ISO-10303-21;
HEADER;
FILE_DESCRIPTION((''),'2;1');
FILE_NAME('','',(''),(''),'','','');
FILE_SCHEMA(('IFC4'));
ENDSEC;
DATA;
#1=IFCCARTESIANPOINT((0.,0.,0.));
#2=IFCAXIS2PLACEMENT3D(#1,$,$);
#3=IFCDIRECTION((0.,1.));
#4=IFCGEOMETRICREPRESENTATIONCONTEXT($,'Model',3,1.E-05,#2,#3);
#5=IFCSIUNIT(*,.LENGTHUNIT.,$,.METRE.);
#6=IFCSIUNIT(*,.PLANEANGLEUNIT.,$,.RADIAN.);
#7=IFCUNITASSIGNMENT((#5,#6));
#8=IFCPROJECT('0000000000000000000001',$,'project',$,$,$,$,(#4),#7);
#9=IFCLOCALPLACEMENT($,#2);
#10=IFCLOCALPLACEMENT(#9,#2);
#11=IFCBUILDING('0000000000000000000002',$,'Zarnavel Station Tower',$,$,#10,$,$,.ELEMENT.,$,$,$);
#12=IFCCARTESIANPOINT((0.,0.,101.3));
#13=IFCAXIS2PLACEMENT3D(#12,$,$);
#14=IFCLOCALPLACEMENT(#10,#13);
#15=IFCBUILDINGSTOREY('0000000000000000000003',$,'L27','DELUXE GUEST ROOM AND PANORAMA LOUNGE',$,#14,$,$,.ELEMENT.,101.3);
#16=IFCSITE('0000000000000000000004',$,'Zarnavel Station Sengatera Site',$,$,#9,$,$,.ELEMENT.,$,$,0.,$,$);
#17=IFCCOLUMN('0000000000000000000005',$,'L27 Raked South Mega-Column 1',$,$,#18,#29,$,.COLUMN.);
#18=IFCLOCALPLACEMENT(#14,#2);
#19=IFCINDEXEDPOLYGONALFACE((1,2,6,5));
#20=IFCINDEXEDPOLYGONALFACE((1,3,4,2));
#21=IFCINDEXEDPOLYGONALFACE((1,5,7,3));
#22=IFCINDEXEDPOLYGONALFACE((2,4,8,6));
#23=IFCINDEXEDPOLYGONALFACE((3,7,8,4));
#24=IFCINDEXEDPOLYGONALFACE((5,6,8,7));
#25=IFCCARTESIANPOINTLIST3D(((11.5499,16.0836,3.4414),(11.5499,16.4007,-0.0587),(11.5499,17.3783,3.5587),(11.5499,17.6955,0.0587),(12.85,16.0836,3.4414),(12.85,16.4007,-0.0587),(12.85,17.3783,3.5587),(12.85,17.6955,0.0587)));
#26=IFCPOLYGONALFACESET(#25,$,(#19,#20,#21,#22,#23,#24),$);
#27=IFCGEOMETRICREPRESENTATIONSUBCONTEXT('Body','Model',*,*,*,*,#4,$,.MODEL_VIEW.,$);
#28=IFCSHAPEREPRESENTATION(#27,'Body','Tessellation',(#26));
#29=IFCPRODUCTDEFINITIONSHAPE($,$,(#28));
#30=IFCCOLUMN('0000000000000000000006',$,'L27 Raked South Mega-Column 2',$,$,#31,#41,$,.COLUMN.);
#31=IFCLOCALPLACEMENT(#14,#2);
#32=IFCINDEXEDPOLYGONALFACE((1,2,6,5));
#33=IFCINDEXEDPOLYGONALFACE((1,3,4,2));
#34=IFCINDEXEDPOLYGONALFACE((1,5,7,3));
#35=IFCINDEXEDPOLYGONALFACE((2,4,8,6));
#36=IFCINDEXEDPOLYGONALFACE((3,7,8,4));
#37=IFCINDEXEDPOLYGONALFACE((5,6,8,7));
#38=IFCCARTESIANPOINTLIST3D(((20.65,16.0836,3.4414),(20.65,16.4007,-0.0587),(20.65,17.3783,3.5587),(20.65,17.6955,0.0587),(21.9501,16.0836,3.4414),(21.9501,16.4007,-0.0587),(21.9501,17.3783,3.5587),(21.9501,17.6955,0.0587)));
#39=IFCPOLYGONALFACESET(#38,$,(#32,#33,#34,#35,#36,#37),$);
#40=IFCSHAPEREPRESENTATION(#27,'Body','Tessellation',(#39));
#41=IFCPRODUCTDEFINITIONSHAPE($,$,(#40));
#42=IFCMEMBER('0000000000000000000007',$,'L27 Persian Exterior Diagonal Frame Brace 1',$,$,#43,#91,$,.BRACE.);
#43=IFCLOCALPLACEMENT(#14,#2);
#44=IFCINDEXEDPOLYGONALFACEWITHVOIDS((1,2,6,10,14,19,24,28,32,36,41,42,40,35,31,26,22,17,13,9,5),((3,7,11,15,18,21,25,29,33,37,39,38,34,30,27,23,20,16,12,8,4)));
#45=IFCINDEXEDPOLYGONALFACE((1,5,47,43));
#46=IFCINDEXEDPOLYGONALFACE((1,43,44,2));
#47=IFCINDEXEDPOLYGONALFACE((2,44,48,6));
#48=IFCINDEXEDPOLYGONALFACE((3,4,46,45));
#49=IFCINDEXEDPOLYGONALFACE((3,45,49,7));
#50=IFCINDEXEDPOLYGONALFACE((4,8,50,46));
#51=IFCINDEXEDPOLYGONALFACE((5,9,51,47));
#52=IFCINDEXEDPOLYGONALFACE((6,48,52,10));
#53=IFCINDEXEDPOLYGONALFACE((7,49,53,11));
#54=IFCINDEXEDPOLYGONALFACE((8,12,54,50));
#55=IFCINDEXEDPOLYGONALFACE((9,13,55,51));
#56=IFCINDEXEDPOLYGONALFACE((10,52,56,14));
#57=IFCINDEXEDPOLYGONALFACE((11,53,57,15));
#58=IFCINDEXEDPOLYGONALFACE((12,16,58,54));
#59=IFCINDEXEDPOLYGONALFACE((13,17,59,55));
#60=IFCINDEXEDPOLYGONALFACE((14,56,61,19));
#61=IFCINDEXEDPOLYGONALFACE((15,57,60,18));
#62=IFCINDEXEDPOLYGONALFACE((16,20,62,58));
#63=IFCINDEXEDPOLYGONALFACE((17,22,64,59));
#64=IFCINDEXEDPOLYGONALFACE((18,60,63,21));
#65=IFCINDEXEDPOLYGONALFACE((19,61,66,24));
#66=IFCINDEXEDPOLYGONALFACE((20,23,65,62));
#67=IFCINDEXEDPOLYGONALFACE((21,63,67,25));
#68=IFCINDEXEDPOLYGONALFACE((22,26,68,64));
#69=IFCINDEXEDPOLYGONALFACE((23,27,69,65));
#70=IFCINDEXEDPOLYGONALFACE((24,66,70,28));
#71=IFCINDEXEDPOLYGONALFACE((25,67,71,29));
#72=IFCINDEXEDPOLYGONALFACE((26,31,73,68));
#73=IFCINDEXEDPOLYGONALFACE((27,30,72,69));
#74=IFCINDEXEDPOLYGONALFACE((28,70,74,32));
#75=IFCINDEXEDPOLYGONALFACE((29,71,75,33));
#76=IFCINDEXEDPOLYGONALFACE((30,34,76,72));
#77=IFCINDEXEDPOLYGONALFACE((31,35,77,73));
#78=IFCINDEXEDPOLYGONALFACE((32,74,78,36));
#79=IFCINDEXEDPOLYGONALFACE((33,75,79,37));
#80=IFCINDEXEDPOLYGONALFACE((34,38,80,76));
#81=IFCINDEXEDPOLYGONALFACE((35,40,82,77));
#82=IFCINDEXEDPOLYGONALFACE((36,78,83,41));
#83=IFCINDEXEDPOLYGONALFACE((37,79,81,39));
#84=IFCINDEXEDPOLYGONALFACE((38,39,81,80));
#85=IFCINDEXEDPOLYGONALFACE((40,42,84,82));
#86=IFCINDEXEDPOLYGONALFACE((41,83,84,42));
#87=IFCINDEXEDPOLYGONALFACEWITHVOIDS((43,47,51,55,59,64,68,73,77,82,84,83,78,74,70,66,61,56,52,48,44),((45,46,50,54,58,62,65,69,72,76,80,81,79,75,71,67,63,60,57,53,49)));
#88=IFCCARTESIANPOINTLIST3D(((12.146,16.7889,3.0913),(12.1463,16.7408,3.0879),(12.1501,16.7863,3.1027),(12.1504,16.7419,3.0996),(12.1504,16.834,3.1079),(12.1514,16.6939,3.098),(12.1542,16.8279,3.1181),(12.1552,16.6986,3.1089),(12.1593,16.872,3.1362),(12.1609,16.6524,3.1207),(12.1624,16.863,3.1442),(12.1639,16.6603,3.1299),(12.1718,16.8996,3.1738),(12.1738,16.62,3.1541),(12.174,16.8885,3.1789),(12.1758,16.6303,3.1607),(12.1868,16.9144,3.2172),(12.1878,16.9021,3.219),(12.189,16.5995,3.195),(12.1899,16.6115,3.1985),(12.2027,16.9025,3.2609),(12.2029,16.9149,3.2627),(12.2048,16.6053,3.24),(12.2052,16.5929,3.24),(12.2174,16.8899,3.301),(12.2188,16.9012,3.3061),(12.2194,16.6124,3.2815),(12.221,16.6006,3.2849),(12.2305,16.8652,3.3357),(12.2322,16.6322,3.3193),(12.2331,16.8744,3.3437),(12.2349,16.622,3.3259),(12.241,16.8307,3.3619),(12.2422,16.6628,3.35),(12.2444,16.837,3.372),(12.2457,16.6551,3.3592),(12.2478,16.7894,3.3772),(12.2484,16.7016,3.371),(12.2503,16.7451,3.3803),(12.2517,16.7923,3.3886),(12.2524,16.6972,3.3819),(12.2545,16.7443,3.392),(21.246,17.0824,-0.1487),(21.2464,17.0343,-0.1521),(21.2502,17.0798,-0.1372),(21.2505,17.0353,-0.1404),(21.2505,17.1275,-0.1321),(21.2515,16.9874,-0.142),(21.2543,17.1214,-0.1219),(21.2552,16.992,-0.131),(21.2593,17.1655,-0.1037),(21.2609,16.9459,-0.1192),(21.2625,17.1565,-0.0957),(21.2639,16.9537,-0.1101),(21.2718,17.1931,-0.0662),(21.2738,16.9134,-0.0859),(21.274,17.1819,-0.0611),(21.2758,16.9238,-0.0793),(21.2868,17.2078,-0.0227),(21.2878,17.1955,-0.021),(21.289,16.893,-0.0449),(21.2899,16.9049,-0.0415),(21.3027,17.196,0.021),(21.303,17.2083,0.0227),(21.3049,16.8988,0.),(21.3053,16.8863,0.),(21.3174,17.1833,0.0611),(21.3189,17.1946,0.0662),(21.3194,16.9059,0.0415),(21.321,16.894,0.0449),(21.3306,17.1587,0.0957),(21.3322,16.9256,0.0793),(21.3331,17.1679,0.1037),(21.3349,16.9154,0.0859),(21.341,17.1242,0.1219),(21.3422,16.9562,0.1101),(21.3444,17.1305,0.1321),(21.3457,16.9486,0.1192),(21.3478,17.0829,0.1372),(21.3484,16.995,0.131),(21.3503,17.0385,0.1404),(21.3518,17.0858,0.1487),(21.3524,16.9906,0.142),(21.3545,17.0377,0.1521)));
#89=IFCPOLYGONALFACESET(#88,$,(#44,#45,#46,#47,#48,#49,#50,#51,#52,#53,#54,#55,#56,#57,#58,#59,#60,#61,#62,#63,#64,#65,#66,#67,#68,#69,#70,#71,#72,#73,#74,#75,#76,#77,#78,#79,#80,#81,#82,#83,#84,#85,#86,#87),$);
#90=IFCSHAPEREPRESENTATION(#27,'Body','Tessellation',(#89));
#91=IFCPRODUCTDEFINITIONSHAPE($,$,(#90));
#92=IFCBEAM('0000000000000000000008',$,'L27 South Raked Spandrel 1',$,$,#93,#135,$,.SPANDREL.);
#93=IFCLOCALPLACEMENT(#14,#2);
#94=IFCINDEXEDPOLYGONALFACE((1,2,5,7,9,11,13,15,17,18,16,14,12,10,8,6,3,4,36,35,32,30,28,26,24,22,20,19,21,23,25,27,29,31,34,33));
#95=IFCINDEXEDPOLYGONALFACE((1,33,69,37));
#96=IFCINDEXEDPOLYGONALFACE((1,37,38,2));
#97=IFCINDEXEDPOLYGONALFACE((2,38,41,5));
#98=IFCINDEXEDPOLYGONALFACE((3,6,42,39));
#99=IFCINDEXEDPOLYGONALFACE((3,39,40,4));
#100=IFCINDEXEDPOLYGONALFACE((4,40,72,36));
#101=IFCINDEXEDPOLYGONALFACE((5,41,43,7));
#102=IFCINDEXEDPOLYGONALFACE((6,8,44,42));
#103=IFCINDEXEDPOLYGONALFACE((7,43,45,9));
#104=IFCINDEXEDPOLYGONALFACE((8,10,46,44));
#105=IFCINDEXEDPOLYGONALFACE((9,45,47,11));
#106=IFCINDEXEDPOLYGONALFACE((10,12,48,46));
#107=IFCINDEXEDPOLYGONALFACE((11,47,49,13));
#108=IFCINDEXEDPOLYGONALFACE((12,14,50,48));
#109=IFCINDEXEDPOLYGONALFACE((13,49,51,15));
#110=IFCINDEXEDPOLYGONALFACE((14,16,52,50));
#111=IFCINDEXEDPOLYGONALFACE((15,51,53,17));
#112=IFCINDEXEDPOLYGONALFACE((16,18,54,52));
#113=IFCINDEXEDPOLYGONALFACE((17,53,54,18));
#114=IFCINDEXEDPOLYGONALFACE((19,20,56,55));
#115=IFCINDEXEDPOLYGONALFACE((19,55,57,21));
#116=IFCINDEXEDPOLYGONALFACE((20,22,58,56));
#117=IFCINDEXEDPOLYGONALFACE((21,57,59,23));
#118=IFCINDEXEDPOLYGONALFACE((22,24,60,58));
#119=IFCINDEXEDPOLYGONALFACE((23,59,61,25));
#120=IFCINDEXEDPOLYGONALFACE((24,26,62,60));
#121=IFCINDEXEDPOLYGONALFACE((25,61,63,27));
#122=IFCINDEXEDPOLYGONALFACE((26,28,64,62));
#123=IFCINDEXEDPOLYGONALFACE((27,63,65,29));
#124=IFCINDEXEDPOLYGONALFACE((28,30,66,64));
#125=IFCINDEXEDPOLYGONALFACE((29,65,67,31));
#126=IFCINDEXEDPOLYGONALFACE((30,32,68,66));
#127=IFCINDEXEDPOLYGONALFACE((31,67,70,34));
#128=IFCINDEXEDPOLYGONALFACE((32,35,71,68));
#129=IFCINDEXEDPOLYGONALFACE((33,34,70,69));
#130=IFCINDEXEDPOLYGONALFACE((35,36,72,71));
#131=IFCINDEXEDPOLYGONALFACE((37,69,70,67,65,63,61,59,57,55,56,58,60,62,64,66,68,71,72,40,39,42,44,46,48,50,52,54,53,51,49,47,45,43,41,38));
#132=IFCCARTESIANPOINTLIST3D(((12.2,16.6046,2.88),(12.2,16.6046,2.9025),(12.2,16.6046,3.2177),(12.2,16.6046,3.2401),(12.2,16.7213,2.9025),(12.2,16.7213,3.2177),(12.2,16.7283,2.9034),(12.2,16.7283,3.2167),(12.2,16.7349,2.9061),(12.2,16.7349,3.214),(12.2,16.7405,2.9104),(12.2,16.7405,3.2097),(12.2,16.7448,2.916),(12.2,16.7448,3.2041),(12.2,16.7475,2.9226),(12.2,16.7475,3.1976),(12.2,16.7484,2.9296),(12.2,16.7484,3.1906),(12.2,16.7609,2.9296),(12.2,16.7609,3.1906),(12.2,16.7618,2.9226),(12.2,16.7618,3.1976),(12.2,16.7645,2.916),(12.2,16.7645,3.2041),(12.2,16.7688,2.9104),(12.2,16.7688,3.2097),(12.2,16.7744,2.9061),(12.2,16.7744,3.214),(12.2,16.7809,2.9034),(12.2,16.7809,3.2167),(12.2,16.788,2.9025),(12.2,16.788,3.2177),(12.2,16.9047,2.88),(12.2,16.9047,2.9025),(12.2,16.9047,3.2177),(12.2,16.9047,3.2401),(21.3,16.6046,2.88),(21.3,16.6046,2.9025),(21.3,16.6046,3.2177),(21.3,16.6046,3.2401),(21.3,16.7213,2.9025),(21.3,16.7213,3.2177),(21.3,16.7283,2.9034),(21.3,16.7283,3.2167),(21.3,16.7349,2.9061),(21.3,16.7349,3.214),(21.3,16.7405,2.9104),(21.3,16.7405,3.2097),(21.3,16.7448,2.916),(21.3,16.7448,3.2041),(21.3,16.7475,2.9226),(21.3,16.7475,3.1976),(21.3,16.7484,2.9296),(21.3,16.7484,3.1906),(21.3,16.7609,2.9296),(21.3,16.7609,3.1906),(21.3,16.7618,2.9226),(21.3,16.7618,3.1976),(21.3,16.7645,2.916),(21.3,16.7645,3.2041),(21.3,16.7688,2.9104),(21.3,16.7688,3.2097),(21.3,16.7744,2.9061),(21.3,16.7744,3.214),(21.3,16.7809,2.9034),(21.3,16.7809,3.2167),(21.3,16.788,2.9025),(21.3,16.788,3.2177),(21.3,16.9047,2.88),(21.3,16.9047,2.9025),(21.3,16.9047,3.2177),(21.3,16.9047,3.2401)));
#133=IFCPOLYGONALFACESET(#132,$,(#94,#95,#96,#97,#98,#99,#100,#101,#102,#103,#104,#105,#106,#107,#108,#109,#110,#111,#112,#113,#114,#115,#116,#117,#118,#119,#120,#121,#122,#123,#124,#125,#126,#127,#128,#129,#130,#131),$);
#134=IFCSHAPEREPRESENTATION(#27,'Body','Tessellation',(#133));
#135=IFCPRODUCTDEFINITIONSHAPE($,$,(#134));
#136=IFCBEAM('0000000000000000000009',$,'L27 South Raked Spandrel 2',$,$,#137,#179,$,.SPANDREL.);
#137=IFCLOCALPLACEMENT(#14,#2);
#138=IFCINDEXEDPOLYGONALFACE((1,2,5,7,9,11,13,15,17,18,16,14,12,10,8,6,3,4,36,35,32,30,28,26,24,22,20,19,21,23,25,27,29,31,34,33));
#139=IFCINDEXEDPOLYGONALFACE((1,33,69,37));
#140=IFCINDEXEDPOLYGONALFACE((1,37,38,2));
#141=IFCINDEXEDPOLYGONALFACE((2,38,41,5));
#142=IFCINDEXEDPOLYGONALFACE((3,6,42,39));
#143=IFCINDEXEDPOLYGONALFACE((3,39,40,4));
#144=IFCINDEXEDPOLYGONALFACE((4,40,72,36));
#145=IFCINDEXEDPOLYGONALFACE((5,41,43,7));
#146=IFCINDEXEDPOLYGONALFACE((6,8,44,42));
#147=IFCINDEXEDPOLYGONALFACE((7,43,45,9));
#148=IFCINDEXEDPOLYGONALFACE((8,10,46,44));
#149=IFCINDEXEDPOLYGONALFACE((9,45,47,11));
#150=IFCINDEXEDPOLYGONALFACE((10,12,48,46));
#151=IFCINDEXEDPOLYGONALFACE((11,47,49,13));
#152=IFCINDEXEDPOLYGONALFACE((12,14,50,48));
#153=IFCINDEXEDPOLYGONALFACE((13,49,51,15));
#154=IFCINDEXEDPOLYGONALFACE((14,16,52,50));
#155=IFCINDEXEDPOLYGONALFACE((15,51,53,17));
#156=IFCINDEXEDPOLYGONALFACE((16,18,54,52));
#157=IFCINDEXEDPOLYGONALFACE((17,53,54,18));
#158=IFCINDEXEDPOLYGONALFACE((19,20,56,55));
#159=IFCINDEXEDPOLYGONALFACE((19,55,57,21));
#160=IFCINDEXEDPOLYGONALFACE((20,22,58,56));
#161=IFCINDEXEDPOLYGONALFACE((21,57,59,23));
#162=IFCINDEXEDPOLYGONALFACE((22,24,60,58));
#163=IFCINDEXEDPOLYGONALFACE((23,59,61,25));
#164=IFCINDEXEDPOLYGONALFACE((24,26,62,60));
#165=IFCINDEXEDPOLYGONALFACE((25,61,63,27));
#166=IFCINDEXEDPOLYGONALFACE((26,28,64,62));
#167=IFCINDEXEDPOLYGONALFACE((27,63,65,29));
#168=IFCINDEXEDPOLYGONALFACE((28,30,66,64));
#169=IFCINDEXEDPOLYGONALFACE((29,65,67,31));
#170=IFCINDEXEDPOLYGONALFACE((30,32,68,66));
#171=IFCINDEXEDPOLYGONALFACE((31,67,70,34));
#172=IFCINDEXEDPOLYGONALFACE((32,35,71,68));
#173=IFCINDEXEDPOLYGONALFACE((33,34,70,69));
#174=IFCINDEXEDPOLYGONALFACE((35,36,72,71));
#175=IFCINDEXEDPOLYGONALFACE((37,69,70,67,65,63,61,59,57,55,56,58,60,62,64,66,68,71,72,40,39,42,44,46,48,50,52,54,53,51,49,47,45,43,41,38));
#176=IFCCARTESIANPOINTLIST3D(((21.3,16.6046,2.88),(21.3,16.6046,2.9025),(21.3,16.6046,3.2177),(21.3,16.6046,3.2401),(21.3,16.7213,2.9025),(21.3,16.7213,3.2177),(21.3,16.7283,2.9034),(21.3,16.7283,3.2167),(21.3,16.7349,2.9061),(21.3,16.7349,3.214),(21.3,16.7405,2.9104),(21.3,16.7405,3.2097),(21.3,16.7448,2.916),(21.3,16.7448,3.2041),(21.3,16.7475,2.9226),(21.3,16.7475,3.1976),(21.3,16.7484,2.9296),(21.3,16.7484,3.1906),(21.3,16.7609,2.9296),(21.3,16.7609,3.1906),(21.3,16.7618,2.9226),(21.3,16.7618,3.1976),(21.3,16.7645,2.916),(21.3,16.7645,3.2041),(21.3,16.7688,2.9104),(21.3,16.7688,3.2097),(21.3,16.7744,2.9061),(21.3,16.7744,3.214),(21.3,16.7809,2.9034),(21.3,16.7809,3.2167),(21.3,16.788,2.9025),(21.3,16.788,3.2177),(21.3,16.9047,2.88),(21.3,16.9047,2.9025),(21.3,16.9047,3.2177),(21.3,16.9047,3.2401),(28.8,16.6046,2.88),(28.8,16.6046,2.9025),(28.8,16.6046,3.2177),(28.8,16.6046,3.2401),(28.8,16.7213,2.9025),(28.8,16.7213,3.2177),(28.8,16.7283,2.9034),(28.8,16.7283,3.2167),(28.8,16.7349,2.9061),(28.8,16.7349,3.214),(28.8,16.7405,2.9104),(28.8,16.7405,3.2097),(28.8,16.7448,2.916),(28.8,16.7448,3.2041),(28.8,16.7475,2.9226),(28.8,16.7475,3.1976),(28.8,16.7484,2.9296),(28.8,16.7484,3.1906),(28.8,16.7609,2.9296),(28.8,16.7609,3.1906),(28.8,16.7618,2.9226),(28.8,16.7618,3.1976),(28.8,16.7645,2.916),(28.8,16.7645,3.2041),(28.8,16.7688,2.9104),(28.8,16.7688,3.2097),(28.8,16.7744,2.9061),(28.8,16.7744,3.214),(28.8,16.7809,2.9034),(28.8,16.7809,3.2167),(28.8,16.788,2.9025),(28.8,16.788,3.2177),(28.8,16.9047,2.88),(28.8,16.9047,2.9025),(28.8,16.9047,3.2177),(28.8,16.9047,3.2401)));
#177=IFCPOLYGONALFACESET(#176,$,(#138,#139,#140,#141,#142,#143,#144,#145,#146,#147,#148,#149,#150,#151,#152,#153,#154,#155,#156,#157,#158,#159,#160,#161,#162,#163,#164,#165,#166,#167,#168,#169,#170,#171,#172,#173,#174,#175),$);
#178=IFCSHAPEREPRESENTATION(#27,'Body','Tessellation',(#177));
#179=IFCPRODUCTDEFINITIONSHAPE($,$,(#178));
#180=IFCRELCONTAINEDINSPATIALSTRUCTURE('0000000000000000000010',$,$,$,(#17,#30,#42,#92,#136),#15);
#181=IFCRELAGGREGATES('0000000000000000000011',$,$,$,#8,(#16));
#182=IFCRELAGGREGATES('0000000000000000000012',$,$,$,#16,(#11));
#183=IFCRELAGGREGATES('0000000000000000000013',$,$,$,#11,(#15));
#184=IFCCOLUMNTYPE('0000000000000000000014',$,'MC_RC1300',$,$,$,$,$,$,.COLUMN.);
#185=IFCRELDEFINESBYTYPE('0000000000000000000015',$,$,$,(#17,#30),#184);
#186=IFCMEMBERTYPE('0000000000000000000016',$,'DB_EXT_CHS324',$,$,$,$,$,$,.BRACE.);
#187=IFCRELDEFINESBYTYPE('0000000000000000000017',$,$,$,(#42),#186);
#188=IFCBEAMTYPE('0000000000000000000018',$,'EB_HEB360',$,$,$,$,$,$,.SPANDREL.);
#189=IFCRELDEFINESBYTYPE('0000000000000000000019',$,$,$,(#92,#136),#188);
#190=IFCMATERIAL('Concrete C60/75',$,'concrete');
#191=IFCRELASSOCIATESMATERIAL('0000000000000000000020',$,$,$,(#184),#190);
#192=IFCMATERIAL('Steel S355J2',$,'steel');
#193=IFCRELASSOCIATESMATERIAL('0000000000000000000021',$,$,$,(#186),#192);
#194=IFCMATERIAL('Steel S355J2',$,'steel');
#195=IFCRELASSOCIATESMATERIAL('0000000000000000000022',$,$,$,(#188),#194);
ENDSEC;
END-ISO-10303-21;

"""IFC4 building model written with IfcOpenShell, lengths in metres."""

from ifc_helpers import new_model, si_unit, direction, frame, origin, origin_2d, place, context, subcontext, project, spatial, rectangle, hollow_circle, i_section, extrude, material, material_profile, profile_set, type_object, element, save


model = new_model("IFC4")

# Units and contexts
model_context = context("Model", 3, precision=1e-05, world=origin(), true_north=direction((0.0, 1.0)))
body_context = subcontext(model_context, "Body", "Model", "MODEL_VIEW")
ifc_project = project(units=[si_unit("LENGTHUNIT", "METRE"), si_unit("PLANEANGLEUNIT", "RADIAN")], contexts=[model_context])

# Site, building, storey
site_placement = place(None, origin())
site = spatial("IfcSite", under=ifc_project, at=site_placement, Name="Zarnavel Station Sengatera Site", CompositionType="ELEMENT", RefElevation=0.0)
building_placement = place(site_placement, origin())
building = spatial("IfcBuilding", under=site, at=building_placement, Name="Zarnavel Station Tower", CompositionType="ELEMENT")
storey_placement = place(building_placement, frame((0.0, 0.0, 101.3)))
storey = spatial("IfcBuildingStorey", under=building, at=storey_placement, Name="L27", Description="DELUXE GUEST ROOM AND PANORAMA LOUNGE", CompositionType="ELEMENT", Elevation=101.3)

# Columns
ifc_material_1 = material(Name="Concrete C60/75", Category="concrete")
ifc_material_profile_1 = material_profile(ifc_material_1, rectangle(XDim=1.3, YDim=1.3, at=origin_2d()), Name="RC1300x1300")
ifc_profile_set_1 = profile_set([ifc_material_profile_1], Name="Concrete C60/75")
column_type = type_object("IfcColumnType", Name="MC_RC1300", PredefinedType="COLUMN", material=ifc_profile_set_1)
for number, where, z_axis, x_axis, name in (
    (1, (12.2, 17.0481, 0.0), (0.0, -0.090241, 0.99592), (1.0, 0.0, 0.0), "L27 Raked South Mega-Column 1"),
    (2, (21.3, 17.0481, 0.0), (0.0, -0.090241, 0.99592), (1.0, 0.0, 0.0), "L27 Raked South Mega-Column 2"),
):
    element("IfcColumn", number, at=place(storey_placement, frame(where, z_axis=z_axis, x_axis=x_axis)), inside=storey, type_object=column_type, Name=name, PredefinedType="COLUMN", context=body_context, shape_type="SweptSolid", body=[
        extrude(rectangle(XDim=1.3, YDim=1.3, at=origin_2d()), origin(), (0.0, 0.0, 1.0), 3.5144),
    ])

# Member
ifc_material_2 = material(Name="Steel S355J2", Category="steel")
ifc_material_profile_2 = material_profile(ifc_material_2, hollow_circle(Radius=0.1619, WallThickness=0.0125, at=origin_2d()), Name="CHS323.9x12.5")
ifc_profile_set_2 = profile_set([ifc_material_profile_2], Name="Steel S355J2")
member_type = type_object("IfcMemberType", Name="DB_EXT_CHS324", PredefinedType="BRACE", material=ifc_profile_set_2)
member_placement = place(storey_placement, frame((21.3, 17.0481, 0.0), z_axis=(-0.941636, -0.030366, 0.335259), x_axis=(0.032231, -0.99948, 0.0)))
element("IfcMember", 3, at=member_placement, inside=storey, type_object=member_type, Name="L27 Persian Exterior Diagonal Frame Brace 1", PredefinedType="BRACE", context=body_context, shape_type="SweptSolid", body=[
    extrude(hollow_circle(Radius=0.1619, WallThickness=0.0125, at=origin_2d()), origin(), (0.0, 0.0, 1.0), 9.6641),
])

# Beams
ifc_material_3 = material(Name="Steel S355J2", Category="steel")
ifc_material_profile_3 = material_profile(ifc_material_3, i_section(OverallWidth=0.3, OverallDepth=0.3601, WebThickness=0.0125, FlangeThickness=0.0225, FilletRadius=0.0271, at=origin_2d()), Name="HEB360")
ifc_profile_set_3 = profile_set([ifc_material_profile_3], Name="Steel S355J2")
beam_type_1 = type_object("IfcBeamType", Name="EB_HEB360", PredefinedType="SPANDREL", material=ifc_profile_set_3)
beam_1_placement = place(storey_placement, frame((12.2, 16.7546, 3.0601), z_axis=(1.0, 0.0, 0.0), x_axis=(0.0, 1.0, 0.0)))
element("IfcBeam", 4, at=beam_1_placement, inside=storey, type_object=beam_type_1, Name="L27 South Raked Spandrel 1", PredefinedType="SPANDREL", context=body_context, shape_type="SweptSolid", body=[
    extrude(i_section(OverallWidth=0.3, OverallDepth=0.3601, WebThickness=0.0125, FlangeThickness=0.0225, FilletRadius=0.0271, at=origin_2d()), origin(), (0.0, 0.0, 1.0), 9.1001),
])
beam_2_placement = place(storey_placement, frame((21.3, 16.7546, 3.0601), z_axis=(1.0, 0.0, 0.0), x_axis=(0.0, 1.0, 0.0)))
element("IfcBeam", 5, at=beam_2_placement, inside=storey, type_object=beam_type_1, Name="L27 South Raked Spandrel 2", PredefinedType="SPANDREL", context=body_context, shape_type="SweptSolid", body=[
    extrude(i_section(OverallWidth=0.3, OverallDepth=0.3601, WebThickness=0.0125, FlangeThickness=0.0225, FilletRadius=0.0271, at=origin_2d()), origin(), (0.0, 0.0, 1.0), 7.5),
])

save(model, "model.ifc")
